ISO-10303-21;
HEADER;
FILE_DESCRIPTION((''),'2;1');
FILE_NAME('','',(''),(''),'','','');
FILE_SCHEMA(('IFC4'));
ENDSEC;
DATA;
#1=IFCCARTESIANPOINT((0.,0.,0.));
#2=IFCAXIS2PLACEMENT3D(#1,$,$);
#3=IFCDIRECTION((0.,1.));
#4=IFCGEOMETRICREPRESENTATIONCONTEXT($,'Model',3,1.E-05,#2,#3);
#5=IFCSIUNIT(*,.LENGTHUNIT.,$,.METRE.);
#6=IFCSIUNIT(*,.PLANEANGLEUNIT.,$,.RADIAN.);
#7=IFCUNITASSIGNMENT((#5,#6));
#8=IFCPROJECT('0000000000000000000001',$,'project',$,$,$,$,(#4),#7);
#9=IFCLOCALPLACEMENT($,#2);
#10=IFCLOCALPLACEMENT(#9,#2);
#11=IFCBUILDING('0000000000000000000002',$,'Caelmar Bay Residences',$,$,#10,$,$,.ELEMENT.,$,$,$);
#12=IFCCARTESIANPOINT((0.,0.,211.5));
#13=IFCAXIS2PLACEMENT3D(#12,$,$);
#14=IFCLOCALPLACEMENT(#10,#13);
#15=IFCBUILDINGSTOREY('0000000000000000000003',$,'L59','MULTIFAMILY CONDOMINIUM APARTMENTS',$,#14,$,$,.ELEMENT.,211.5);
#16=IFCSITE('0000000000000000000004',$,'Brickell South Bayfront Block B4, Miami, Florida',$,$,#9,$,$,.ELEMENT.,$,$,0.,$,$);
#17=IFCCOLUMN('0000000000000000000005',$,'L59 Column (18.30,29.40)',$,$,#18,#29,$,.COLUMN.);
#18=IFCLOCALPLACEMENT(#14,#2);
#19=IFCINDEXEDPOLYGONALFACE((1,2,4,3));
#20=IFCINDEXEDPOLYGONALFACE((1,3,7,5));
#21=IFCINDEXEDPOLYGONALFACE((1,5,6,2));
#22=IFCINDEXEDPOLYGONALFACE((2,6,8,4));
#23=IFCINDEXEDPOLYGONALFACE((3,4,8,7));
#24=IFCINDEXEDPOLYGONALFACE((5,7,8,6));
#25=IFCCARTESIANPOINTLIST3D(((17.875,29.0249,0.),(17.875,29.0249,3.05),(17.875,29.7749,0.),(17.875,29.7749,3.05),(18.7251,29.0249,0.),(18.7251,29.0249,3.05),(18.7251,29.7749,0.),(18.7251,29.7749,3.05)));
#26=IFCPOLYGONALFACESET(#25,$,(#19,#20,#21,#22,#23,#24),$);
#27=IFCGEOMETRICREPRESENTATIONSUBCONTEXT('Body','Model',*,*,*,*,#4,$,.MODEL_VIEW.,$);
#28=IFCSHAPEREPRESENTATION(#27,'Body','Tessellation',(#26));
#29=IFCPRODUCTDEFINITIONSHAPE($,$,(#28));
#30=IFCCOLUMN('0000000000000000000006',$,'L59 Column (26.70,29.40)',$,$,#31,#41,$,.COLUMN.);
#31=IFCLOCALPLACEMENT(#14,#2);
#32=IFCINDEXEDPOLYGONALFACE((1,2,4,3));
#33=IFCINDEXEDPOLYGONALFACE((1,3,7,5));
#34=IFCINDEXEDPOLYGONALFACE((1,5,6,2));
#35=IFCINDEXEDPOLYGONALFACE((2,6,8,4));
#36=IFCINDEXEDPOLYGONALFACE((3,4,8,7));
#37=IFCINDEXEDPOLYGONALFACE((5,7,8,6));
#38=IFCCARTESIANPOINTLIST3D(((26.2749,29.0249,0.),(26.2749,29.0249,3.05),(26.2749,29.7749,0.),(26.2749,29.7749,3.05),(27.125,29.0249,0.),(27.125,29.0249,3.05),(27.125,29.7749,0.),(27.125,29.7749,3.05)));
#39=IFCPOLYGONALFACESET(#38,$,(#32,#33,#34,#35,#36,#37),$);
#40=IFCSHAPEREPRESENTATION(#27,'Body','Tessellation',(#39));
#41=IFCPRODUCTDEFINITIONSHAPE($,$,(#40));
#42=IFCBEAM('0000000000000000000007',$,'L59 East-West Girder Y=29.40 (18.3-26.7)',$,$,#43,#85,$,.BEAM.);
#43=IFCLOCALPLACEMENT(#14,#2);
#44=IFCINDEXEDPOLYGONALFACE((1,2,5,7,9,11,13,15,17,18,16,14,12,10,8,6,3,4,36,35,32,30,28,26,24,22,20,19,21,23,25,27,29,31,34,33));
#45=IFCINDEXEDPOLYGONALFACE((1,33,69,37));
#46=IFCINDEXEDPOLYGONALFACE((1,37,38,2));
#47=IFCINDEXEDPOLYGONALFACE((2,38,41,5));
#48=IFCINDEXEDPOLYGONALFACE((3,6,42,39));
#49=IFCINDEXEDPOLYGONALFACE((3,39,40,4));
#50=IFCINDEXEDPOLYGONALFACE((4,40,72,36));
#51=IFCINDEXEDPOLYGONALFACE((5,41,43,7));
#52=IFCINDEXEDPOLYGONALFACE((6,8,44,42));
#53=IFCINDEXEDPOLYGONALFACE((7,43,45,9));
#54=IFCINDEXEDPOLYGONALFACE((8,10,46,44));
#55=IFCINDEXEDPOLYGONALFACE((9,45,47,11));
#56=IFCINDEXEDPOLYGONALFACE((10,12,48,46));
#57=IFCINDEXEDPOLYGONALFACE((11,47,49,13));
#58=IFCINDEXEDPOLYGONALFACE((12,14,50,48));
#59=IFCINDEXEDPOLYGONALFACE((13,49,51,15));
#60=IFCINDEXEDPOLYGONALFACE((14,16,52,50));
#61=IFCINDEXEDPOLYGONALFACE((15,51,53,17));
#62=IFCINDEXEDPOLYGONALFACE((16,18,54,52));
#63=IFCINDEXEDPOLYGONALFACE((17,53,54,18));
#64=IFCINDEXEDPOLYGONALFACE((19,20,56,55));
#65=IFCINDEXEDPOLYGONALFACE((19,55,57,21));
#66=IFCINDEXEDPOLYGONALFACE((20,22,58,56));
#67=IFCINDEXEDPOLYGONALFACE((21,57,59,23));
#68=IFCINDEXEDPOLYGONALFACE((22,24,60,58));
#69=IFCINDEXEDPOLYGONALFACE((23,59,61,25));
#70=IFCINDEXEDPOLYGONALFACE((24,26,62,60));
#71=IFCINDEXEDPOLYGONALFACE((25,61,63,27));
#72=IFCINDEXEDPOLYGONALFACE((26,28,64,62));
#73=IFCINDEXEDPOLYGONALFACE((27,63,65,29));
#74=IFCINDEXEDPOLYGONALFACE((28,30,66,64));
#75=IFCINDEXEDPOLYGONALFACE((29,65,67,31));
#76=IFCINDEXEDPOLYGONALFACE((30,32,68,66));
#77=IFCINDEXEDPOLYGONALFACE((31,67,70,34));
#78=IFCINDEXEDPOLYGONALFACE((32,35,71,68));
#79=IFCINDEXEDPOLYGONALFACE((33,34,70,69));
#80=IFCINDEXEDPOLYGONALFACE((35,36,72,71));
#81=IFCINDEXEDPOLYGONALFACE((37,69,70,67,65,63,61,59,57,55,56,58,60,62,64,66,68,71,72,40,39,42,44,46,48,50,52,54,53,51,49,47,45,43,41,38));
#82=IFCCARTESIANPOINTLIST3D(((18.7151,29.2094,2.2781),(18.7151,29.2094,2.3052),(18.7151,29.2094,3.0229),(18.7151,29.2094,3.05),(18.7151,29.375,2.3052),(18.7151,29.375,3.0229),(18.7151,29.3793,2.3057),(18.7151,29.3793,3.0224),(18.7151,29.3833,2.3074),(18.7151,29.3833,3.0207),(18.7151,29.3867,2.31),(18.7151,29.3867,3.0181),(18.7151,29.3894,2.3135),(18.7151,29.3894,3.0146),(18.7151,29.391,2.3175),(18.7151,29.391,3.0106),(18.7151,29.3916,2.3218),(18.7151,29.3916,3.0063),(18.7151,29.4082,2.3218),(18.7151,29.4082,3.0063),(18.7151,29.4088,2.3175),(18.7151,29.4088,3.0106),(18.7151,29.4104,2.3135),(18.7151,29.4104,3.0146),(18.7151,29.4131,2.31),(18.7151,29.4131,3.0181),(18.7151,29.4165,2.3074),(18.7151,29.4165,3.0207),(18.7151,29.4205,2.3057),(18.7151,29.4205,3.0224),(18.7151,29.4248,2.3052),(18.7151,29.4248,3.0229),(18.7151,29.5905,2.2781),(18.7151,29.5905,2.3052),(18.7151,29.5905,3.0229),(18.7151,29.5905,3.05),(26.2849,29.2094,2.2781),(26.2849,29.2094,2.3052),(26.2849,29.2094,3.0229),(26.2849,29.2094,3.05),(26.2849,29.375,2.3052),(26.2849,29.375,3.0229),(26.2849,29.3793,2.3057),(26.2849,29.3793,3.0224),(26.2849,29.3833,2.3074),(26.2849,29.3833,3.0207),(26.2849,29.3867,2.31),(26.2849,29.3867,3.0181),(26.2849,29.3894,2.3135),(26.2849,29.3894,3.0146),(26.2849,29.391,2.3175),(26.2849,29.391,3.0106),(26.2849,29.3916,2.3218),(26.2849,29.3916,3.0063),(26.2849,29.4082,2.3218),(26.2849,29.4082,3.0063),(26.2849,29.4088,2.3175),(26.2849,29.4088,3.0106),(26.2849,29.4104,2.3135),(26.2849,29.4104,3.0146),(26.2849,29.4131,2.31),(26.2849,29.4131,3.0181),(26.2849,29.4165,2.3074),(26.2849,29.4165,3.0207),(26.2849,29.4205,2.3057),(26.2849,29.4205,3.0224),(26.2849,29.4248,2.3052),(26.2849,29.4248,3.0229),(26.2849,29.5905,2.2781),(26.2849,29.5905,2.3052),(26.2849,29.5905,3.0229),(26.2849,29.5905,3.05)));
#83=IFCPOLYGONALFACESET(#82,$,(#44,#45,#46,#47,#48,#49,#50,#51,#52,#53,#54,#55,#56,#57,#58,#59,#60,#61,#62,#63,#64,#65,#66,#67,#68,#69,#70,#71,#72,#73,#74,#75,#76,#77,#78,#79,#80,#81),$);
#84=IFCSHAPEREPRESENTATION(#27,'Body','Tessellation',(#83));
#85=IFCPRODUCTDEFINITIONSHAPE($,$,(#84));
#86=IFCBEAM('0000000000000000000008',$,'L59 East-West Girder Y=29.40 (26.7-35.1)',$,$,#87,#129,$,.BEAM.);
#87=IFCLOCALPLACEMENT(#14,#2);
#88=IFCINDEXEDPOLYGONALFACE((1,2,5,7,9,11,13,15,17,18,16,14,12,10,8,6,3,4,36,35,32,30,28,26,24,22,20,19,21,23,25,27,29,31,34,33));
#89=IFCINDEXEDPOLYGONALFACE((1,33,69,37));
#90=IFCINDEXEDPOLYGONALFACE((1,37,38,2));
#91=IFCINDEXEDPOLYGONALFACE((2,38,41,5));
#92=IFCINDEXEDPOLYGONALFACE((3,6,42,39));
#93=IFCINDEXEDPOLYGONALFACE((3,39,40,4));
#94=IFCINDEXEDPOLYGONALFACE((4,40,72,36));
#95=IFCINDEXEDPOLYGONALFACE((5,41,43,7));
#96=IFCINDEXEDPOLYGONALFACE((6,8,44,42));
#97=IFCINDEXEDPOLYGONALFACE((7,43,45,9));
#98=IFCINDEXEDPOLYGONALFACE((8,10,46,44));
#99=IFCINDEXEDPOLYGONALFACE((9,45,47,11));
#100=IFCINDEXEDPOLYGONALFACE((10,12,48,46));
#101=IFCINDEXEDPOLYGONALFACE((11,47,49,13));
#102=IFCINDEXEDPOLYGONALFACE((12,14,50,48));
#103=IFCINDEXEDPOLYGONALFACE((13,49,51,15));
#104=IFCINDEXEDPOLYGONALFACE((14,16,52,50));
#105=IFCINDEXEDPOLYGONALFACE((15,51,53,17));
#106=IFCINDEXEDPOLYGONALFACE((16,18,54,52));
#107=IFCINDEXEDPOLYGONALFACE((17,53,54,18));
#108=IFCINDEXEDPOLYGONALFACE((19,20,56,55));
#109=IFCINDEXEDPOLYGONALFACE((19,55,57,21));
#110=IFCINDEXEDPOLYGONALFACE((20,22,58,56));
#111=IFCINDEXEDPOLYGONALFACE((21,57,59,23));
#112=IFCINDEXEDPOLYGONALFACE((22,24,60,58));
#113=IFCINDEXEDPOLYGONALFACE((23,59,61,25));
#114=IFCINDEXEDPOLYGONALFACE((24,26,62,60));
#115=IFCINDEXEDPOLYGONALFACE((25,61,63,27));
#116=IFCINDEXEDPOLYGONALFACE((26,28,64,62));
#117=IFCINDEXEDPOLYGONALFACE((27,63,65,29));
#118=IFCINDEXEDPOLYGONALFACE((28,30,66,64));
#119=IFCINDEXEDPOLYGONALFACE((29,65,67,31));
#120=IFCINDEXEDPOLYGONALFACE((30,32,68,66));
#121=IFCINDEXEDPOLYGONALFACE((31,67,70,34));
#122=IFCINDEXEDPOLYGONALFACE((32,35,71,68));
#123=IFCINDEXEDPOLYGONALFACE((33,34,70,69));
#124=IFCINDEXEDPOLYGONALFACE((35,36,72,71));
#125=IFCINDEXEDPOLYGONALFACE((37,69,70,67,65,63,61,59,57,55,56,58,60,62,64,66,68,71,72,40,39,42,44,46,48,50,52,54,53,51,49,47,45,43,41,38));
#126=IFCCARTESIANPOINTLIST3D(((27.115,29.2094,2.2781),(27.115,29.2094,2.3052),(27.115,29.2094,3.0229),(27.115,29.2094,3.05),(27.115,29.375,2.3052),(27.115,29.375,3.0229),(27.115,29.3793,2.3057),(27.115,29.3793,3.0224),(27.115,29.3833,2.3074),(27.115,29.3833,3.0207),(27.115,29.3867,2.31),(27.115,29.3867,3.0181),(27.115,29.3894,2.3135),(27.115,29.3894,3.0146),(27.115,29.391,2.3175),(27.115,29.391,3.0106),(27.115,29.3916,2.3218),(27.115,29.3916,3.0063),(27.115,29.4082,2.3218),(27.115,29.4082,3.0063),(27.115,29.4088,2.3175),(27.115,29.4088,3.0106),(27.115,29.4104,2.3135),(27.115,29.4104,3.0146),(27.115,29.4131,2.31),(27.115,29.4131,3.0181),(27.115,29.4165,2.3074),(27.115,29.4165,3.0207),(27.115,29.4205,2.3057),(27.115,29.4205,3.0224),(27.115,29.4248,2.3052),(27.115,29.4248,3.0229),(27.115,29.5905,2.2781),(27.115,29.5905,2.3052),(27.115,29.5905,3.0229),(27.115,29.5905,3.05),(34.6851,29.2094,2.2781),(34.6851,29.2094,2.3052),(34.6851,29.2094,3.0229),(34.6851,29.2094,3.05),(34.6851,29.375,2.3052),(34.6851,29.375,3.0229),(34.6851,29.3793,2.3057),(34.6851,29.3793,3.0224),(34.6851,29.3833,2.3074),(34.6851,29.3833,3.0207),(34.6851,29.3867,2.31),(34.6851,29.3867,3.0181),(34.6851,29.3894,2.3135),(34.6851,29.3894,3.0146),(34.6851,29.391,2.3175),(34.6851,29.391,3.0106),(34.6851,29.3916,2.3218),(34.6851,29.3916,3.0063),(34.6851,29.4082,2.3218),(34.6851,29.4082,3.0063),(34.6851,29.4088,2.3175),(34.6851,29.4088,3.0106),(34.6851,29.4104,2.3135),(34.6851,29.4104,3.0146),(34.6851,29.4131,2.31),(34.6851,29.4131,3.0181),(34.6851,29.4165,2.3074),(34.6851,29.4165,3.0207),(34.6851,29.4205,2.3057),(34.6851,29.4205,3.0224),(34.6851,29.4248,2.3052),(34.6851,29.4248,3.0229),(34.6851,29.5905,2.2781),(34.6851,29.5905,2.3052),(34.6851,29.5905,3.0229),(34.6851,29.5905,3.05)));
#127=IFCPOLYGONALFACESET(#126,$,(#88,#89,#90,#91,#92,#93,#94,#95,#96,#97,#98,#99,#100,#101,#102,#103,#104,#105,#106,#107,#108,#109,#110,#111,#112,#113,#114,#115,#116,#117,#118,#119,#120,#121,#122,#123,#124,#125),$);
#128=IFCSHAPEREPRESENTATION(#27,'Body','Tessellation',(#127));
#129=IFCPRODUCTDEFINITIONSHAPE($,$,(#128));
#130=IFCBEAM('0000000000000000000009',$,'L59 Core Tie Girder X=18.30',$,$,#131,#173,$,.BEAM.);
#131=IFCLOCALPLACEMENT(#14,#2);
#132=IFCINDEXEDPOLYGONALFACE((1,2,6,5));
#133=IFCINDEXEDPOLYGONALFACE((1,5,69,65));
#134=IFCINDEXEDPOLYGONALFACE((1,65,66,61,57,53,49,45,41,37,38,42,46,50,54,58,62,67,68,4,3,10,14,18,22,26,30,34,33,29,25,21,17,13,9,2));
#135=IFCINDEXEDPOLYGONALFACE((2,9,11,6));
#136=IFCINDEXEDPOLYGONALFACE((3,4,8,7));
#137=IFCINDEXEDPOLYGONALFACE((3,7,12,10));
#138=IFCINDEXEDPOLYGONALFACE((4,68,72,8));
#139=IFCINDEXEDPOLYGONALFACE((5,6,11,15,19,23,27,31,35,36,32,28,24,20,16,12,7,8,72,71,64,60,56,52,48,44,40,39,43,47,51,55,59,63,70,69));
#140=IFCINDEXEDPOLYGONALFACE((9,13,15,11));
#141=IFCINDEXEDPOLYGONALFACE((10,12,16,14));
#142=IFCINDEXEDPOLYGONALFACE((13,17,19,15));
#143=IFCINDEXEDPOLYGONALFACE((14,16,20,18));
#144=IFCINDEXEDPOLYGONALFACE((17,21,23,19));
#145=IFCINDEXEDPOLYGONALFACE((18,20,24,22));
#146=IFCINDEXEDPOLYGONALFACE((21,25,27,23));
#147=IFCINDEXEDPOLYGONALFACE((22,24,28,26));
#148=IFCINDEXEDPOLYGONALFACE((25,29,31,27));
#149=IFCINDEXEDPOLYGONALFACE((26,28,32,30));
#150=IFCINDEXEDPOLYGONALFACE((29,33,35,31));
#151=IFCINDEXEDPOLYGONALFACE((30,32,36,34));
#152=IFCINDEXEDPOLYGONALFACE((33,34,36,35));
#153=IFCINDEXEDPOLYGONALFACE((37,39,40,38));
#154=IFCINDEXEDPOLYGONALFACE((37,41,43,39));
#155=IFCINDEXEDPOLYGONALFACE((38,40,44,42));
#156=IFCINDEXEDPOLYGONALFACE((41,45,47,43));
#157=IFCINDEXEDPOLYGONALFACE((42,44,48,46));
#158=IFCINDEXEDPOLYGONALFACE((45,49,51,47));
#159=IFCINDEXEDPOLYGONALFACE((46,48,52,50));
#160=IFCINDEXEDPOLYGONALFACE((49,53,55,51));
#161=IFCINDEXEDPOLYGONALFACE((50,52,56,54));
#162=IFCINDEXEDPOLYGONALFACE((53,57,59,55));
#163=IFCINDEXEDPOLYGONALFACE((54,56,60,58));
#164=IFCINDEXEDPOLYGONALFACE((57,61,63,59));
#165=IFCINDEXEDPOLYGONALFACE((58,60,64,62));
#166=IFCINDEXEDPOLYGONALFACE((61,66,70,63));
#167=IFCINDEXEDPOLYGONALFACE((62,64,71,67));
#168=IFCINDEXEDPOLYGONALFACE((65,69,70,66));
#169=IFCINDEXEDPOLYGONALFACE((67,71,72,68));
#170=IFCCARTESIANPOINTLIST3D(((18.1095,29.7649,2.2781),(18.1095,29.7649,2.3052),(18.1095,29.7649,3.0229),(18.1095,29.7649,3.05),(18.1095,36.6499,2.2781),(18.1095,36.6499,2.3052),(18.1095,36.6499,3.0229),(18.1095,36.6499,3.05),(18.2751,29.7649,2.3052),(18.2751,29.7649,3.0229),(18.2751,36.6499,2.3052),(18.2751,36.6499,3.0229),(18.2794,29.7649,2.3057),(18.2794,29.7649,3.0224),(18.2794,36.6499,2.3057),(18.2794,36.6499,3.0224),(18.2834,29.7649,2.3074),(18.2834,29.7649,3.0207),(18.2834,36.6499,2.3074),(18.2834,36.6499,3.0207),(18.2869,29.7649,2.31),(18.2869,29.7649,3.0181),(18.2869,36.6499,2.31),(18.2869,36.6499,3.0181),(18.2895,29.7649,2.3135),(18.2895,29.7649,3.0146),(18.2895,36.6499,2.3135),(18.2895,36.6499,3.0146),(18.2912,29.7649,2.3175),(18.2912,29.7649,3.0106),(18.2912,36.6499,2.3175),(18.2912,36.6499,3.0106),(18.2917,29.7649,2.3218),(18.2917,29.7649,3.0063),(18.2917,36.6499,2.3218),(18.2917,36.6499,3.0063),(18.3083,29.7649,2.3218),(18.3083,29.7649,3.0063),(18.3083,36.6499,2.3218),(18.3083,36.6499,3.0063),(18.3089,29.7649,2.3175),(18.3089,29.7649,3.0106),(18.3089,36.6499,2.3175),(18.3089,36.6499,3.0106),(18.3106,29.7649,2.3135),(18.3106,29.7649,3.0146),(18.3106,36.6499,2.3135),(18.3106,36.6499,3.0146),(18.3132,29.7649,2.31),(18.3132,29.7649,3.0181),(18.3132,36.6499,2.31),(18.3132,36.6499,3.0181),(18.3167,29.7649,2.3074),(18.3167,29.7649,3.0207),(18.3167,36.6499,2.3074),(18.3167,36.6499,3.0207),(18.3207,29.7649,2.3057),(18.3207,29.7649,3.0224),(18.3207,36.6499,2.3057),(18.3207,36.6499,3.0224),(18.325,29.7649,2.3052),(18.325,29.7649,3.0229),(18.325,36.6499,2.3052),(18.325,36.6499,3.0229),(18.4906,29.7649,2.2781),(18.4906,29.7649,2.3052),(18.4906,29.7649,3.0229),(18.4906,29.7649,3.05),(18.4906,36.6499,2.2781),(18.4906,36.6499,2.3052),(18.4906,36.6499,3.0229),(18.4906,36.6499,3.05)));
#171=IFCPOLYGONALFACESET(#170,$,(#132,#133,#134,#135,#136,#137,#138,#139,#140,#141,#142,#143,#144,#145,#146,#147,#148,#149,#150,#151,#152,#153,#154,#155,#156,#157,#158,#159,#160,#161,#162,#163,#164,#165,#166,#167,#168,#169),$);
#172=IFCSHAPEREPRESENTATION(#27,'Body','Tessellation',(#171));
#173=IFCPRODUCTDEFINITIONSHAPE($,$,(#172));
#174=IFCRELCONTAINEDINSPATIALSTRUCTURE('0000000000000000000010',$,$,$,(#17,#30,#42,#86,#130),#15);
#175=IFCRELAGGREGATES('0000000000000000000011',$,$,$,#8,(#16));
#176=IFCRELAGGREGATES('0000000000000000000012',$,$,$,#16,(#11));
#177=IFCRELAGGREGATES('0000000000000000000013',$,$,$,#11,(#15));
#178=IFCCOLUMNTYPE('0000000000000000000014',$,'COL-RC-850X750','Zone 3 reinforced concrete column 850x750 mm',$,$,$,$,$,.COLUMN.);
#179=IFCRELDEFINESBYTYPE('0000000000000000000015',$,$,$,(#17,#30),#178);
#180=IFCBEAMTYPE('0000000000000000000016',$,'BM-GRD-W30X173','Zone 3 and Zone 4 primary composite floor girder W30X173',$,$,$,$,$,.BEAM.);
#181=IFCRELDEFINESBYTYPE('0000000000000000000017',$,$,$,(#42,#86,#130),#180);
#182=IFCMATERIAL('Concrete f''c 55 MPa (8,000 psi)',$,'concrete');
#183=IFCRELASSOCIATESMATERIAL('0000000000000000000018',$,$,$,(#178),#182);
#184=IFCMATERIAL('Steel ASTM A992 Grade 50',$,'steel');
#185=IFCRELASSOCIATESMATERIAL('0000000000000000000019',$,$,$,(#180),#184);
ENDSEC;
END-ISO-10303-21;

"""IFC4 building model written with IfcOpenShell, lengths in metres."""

from ifc_helpers import new_model, si_unit, direction, frame, origin, origin_2d, place, context, subcontext, project, spatial, rectangle, i_section, extrude, material, material_profile, profile_set, type_object, element, save


model = new_model("IFC4")

# Units and contexts
model_context = context("Model", 3, precision=1e-05, world=origin(), true_north=direction((0.0, 1.0)))
body_context = subcontext(model_context, "Body", "Model", "MODEL_VIEW")
ifc_project = project(units=[si_unit("LENGTHUNIT", "METRE"), si_unit("PLANEANGLEUNIT", "RADIAN")], contexts=[model_context])

# Site, building, storey
site_placement = place(None, origin())
site = spatial("IfcSite", under=ifc_project, at=site_placement, Name="Brickell South Bayfront Block B4, Miami, Florida", CompositionType="ELEMENT", RefElevation=0.0)
building_placement = place(site_placement, origin())
building = spatial("IfcBuilding", under=site, at=building_placement, Name="Caelmar Bay Residences", CompositionType="ELEMENT")
storey_placement = place(building_placement, frame((0.0, 0.0, 211.5)))
storey = spatial("IfcBuildingStorey", under=building, at=storey_placement, Name="L59", Description="MULTIFAMILY CONDOMINIUM APARTMENTS", CompositionType="ELEMENT", Elevation=211.5)

# Columns
ifc_material_1 = material(Name="Concrete f'c 55 MPa (8,000 psi)", Category="concrete")
ifc_material_profile_1 = material_profile(ifc_material_1, rectangle(XDim=0.8501, YDim=0.75, at=origin_2d()), Name="RC-COL-850X750")
ifc_profile_set_1 = profile_set([ifc_material_profile_1], Name="Concrete f'c 55 MPa (8,000 psi)")
column_type = type_object("IfcColumnType", Name="COL-RC-850X750", Description="Zone 3 reinforced concrete column 850x750 mm", PredefinedType="COLUMN", material=ifc_profile_set_1)
for number, where, z_axis, x_axis, name in (
    (1, (18.3, 29.3999, 0.0), (0.0, 0.0, 1.0), (1.0, 0.0, 0.0), "L59 Column (18.30,29.40)"),
    (2, (26.7, 29.3999, 0.0), (0.0, 0.0, 1.0), (1.0, 0.0, 0.0), "L59 Column (26.70,29.40)"),
):
    element("IfcColumn", number, at=place(storey_placement, frame(where, z_axis=z_axis, x_axis=x_axis)), inside=storey, type_object=column_type, Name=name, PredefinedType="COLUMN", context=body_context, shape_type="SweptSolid", body=[
        extrude(rectangle(XDim=0.8501, YDim=0.75, at=origin_2d()), origin(), (0.0, 0.0, 1.0), 3.05),
    ])

# Beams
ifc_material_2 = material(Name="Steel ASTM A992 Grade 50", Category="steel")
ifc_material_profile_2 = material_profile(ifc_material_2, i_section(OverallWidth=0.3811, OverallDepth=0.772, WebThickness=0.0166, FlangeThickness=0.0271, FilletRadius=0.0166, at=origin_2d()), Name="W30X173")
ifc_profile_set_2 = profile_set([ifc_material_profile_2], Name="Steel ASTM A992 Grade 50")
beam_type_1 = type_object("IfcBeamType", Name="BM-GRD-W30X173", Description="Zone 3 and Zone 4 primary composite floor girder W30X173", PredefinedType="BEAM", material=ifc_profile_set_2)
beam_1_placement = place(storey_placement, frame((18.7151, 29.3999, 2.6641), z_axis=(1.0, 0.0, 0.0), x_axis=(0.0, 1.0, 0.0)))
element("IfcBeam", 3, at=beam_1_placement, inside=storey, type_object=beam_type_1, Name="L59 East-West Girder Y=29.40 (18.3-26.7)", PredefinedType="BEAM", context=body_context, shape_type="SweptSolid", body=[
    extrude(i_section(OverallWidth=0.3811, OverallDepth=0.772, WebThickness=0.0166, FlangeThickness=0.0271, FilletRadius=0.0166, at=origin_2d()), origin(), (0.0, 0.0, 1.0), 7.5698),
])
beam_2_placement = place(storey_placement, frame((27.115, 29.3999, 2.6641), z_axis=(1.0, 0.0, 0.0), x_axis=(0.0, 1.0, 0.0)))
element("IfcBeam", 4, at=beam_2_placement, inside=storey, type_object=beam_type_1, Name="L59 East-West Girder Y=29.40 (26.7-35.1)", PredefinedType="BEAM", context=body_context, shape_type="SweptSolid", body=[
    extrude(i_section(OverallWidth=0.3811, OverallDepth=0.772, WebThickness=0.0166, FlangeThickness=0.0271, FilletRadius=0.0166, at=origin_2d()), origin(), (0.0, 0.0, 1.0), 7.5701),
])
beam_3_placement = place(storey_placement, frame((18.3, 29.7649, 2.6641), z_axis=(0.0, 1.0, 0.0), x_axis=(-1.0, 0.0, 0.0)))
element("IfcBeam", 5, at=beam_3_placement, inside=storey, type_object=beam_type_1, Name="L59 Core Tie Girder X=18.30", PredefinedType="BEAM", context=body_context, shape_type="SweptSolid", body=[
    extrude(i_section(OverallWidth=0.3811, OverallDepth=0.772, WebThickness=0.0166, FlangeThickness=0.0271, FilletRadius=0.0166, at=origin_2d()), origin(), (0.0, 0.0, 1.0), 6.885),
])

save(model, "model.ifc")
